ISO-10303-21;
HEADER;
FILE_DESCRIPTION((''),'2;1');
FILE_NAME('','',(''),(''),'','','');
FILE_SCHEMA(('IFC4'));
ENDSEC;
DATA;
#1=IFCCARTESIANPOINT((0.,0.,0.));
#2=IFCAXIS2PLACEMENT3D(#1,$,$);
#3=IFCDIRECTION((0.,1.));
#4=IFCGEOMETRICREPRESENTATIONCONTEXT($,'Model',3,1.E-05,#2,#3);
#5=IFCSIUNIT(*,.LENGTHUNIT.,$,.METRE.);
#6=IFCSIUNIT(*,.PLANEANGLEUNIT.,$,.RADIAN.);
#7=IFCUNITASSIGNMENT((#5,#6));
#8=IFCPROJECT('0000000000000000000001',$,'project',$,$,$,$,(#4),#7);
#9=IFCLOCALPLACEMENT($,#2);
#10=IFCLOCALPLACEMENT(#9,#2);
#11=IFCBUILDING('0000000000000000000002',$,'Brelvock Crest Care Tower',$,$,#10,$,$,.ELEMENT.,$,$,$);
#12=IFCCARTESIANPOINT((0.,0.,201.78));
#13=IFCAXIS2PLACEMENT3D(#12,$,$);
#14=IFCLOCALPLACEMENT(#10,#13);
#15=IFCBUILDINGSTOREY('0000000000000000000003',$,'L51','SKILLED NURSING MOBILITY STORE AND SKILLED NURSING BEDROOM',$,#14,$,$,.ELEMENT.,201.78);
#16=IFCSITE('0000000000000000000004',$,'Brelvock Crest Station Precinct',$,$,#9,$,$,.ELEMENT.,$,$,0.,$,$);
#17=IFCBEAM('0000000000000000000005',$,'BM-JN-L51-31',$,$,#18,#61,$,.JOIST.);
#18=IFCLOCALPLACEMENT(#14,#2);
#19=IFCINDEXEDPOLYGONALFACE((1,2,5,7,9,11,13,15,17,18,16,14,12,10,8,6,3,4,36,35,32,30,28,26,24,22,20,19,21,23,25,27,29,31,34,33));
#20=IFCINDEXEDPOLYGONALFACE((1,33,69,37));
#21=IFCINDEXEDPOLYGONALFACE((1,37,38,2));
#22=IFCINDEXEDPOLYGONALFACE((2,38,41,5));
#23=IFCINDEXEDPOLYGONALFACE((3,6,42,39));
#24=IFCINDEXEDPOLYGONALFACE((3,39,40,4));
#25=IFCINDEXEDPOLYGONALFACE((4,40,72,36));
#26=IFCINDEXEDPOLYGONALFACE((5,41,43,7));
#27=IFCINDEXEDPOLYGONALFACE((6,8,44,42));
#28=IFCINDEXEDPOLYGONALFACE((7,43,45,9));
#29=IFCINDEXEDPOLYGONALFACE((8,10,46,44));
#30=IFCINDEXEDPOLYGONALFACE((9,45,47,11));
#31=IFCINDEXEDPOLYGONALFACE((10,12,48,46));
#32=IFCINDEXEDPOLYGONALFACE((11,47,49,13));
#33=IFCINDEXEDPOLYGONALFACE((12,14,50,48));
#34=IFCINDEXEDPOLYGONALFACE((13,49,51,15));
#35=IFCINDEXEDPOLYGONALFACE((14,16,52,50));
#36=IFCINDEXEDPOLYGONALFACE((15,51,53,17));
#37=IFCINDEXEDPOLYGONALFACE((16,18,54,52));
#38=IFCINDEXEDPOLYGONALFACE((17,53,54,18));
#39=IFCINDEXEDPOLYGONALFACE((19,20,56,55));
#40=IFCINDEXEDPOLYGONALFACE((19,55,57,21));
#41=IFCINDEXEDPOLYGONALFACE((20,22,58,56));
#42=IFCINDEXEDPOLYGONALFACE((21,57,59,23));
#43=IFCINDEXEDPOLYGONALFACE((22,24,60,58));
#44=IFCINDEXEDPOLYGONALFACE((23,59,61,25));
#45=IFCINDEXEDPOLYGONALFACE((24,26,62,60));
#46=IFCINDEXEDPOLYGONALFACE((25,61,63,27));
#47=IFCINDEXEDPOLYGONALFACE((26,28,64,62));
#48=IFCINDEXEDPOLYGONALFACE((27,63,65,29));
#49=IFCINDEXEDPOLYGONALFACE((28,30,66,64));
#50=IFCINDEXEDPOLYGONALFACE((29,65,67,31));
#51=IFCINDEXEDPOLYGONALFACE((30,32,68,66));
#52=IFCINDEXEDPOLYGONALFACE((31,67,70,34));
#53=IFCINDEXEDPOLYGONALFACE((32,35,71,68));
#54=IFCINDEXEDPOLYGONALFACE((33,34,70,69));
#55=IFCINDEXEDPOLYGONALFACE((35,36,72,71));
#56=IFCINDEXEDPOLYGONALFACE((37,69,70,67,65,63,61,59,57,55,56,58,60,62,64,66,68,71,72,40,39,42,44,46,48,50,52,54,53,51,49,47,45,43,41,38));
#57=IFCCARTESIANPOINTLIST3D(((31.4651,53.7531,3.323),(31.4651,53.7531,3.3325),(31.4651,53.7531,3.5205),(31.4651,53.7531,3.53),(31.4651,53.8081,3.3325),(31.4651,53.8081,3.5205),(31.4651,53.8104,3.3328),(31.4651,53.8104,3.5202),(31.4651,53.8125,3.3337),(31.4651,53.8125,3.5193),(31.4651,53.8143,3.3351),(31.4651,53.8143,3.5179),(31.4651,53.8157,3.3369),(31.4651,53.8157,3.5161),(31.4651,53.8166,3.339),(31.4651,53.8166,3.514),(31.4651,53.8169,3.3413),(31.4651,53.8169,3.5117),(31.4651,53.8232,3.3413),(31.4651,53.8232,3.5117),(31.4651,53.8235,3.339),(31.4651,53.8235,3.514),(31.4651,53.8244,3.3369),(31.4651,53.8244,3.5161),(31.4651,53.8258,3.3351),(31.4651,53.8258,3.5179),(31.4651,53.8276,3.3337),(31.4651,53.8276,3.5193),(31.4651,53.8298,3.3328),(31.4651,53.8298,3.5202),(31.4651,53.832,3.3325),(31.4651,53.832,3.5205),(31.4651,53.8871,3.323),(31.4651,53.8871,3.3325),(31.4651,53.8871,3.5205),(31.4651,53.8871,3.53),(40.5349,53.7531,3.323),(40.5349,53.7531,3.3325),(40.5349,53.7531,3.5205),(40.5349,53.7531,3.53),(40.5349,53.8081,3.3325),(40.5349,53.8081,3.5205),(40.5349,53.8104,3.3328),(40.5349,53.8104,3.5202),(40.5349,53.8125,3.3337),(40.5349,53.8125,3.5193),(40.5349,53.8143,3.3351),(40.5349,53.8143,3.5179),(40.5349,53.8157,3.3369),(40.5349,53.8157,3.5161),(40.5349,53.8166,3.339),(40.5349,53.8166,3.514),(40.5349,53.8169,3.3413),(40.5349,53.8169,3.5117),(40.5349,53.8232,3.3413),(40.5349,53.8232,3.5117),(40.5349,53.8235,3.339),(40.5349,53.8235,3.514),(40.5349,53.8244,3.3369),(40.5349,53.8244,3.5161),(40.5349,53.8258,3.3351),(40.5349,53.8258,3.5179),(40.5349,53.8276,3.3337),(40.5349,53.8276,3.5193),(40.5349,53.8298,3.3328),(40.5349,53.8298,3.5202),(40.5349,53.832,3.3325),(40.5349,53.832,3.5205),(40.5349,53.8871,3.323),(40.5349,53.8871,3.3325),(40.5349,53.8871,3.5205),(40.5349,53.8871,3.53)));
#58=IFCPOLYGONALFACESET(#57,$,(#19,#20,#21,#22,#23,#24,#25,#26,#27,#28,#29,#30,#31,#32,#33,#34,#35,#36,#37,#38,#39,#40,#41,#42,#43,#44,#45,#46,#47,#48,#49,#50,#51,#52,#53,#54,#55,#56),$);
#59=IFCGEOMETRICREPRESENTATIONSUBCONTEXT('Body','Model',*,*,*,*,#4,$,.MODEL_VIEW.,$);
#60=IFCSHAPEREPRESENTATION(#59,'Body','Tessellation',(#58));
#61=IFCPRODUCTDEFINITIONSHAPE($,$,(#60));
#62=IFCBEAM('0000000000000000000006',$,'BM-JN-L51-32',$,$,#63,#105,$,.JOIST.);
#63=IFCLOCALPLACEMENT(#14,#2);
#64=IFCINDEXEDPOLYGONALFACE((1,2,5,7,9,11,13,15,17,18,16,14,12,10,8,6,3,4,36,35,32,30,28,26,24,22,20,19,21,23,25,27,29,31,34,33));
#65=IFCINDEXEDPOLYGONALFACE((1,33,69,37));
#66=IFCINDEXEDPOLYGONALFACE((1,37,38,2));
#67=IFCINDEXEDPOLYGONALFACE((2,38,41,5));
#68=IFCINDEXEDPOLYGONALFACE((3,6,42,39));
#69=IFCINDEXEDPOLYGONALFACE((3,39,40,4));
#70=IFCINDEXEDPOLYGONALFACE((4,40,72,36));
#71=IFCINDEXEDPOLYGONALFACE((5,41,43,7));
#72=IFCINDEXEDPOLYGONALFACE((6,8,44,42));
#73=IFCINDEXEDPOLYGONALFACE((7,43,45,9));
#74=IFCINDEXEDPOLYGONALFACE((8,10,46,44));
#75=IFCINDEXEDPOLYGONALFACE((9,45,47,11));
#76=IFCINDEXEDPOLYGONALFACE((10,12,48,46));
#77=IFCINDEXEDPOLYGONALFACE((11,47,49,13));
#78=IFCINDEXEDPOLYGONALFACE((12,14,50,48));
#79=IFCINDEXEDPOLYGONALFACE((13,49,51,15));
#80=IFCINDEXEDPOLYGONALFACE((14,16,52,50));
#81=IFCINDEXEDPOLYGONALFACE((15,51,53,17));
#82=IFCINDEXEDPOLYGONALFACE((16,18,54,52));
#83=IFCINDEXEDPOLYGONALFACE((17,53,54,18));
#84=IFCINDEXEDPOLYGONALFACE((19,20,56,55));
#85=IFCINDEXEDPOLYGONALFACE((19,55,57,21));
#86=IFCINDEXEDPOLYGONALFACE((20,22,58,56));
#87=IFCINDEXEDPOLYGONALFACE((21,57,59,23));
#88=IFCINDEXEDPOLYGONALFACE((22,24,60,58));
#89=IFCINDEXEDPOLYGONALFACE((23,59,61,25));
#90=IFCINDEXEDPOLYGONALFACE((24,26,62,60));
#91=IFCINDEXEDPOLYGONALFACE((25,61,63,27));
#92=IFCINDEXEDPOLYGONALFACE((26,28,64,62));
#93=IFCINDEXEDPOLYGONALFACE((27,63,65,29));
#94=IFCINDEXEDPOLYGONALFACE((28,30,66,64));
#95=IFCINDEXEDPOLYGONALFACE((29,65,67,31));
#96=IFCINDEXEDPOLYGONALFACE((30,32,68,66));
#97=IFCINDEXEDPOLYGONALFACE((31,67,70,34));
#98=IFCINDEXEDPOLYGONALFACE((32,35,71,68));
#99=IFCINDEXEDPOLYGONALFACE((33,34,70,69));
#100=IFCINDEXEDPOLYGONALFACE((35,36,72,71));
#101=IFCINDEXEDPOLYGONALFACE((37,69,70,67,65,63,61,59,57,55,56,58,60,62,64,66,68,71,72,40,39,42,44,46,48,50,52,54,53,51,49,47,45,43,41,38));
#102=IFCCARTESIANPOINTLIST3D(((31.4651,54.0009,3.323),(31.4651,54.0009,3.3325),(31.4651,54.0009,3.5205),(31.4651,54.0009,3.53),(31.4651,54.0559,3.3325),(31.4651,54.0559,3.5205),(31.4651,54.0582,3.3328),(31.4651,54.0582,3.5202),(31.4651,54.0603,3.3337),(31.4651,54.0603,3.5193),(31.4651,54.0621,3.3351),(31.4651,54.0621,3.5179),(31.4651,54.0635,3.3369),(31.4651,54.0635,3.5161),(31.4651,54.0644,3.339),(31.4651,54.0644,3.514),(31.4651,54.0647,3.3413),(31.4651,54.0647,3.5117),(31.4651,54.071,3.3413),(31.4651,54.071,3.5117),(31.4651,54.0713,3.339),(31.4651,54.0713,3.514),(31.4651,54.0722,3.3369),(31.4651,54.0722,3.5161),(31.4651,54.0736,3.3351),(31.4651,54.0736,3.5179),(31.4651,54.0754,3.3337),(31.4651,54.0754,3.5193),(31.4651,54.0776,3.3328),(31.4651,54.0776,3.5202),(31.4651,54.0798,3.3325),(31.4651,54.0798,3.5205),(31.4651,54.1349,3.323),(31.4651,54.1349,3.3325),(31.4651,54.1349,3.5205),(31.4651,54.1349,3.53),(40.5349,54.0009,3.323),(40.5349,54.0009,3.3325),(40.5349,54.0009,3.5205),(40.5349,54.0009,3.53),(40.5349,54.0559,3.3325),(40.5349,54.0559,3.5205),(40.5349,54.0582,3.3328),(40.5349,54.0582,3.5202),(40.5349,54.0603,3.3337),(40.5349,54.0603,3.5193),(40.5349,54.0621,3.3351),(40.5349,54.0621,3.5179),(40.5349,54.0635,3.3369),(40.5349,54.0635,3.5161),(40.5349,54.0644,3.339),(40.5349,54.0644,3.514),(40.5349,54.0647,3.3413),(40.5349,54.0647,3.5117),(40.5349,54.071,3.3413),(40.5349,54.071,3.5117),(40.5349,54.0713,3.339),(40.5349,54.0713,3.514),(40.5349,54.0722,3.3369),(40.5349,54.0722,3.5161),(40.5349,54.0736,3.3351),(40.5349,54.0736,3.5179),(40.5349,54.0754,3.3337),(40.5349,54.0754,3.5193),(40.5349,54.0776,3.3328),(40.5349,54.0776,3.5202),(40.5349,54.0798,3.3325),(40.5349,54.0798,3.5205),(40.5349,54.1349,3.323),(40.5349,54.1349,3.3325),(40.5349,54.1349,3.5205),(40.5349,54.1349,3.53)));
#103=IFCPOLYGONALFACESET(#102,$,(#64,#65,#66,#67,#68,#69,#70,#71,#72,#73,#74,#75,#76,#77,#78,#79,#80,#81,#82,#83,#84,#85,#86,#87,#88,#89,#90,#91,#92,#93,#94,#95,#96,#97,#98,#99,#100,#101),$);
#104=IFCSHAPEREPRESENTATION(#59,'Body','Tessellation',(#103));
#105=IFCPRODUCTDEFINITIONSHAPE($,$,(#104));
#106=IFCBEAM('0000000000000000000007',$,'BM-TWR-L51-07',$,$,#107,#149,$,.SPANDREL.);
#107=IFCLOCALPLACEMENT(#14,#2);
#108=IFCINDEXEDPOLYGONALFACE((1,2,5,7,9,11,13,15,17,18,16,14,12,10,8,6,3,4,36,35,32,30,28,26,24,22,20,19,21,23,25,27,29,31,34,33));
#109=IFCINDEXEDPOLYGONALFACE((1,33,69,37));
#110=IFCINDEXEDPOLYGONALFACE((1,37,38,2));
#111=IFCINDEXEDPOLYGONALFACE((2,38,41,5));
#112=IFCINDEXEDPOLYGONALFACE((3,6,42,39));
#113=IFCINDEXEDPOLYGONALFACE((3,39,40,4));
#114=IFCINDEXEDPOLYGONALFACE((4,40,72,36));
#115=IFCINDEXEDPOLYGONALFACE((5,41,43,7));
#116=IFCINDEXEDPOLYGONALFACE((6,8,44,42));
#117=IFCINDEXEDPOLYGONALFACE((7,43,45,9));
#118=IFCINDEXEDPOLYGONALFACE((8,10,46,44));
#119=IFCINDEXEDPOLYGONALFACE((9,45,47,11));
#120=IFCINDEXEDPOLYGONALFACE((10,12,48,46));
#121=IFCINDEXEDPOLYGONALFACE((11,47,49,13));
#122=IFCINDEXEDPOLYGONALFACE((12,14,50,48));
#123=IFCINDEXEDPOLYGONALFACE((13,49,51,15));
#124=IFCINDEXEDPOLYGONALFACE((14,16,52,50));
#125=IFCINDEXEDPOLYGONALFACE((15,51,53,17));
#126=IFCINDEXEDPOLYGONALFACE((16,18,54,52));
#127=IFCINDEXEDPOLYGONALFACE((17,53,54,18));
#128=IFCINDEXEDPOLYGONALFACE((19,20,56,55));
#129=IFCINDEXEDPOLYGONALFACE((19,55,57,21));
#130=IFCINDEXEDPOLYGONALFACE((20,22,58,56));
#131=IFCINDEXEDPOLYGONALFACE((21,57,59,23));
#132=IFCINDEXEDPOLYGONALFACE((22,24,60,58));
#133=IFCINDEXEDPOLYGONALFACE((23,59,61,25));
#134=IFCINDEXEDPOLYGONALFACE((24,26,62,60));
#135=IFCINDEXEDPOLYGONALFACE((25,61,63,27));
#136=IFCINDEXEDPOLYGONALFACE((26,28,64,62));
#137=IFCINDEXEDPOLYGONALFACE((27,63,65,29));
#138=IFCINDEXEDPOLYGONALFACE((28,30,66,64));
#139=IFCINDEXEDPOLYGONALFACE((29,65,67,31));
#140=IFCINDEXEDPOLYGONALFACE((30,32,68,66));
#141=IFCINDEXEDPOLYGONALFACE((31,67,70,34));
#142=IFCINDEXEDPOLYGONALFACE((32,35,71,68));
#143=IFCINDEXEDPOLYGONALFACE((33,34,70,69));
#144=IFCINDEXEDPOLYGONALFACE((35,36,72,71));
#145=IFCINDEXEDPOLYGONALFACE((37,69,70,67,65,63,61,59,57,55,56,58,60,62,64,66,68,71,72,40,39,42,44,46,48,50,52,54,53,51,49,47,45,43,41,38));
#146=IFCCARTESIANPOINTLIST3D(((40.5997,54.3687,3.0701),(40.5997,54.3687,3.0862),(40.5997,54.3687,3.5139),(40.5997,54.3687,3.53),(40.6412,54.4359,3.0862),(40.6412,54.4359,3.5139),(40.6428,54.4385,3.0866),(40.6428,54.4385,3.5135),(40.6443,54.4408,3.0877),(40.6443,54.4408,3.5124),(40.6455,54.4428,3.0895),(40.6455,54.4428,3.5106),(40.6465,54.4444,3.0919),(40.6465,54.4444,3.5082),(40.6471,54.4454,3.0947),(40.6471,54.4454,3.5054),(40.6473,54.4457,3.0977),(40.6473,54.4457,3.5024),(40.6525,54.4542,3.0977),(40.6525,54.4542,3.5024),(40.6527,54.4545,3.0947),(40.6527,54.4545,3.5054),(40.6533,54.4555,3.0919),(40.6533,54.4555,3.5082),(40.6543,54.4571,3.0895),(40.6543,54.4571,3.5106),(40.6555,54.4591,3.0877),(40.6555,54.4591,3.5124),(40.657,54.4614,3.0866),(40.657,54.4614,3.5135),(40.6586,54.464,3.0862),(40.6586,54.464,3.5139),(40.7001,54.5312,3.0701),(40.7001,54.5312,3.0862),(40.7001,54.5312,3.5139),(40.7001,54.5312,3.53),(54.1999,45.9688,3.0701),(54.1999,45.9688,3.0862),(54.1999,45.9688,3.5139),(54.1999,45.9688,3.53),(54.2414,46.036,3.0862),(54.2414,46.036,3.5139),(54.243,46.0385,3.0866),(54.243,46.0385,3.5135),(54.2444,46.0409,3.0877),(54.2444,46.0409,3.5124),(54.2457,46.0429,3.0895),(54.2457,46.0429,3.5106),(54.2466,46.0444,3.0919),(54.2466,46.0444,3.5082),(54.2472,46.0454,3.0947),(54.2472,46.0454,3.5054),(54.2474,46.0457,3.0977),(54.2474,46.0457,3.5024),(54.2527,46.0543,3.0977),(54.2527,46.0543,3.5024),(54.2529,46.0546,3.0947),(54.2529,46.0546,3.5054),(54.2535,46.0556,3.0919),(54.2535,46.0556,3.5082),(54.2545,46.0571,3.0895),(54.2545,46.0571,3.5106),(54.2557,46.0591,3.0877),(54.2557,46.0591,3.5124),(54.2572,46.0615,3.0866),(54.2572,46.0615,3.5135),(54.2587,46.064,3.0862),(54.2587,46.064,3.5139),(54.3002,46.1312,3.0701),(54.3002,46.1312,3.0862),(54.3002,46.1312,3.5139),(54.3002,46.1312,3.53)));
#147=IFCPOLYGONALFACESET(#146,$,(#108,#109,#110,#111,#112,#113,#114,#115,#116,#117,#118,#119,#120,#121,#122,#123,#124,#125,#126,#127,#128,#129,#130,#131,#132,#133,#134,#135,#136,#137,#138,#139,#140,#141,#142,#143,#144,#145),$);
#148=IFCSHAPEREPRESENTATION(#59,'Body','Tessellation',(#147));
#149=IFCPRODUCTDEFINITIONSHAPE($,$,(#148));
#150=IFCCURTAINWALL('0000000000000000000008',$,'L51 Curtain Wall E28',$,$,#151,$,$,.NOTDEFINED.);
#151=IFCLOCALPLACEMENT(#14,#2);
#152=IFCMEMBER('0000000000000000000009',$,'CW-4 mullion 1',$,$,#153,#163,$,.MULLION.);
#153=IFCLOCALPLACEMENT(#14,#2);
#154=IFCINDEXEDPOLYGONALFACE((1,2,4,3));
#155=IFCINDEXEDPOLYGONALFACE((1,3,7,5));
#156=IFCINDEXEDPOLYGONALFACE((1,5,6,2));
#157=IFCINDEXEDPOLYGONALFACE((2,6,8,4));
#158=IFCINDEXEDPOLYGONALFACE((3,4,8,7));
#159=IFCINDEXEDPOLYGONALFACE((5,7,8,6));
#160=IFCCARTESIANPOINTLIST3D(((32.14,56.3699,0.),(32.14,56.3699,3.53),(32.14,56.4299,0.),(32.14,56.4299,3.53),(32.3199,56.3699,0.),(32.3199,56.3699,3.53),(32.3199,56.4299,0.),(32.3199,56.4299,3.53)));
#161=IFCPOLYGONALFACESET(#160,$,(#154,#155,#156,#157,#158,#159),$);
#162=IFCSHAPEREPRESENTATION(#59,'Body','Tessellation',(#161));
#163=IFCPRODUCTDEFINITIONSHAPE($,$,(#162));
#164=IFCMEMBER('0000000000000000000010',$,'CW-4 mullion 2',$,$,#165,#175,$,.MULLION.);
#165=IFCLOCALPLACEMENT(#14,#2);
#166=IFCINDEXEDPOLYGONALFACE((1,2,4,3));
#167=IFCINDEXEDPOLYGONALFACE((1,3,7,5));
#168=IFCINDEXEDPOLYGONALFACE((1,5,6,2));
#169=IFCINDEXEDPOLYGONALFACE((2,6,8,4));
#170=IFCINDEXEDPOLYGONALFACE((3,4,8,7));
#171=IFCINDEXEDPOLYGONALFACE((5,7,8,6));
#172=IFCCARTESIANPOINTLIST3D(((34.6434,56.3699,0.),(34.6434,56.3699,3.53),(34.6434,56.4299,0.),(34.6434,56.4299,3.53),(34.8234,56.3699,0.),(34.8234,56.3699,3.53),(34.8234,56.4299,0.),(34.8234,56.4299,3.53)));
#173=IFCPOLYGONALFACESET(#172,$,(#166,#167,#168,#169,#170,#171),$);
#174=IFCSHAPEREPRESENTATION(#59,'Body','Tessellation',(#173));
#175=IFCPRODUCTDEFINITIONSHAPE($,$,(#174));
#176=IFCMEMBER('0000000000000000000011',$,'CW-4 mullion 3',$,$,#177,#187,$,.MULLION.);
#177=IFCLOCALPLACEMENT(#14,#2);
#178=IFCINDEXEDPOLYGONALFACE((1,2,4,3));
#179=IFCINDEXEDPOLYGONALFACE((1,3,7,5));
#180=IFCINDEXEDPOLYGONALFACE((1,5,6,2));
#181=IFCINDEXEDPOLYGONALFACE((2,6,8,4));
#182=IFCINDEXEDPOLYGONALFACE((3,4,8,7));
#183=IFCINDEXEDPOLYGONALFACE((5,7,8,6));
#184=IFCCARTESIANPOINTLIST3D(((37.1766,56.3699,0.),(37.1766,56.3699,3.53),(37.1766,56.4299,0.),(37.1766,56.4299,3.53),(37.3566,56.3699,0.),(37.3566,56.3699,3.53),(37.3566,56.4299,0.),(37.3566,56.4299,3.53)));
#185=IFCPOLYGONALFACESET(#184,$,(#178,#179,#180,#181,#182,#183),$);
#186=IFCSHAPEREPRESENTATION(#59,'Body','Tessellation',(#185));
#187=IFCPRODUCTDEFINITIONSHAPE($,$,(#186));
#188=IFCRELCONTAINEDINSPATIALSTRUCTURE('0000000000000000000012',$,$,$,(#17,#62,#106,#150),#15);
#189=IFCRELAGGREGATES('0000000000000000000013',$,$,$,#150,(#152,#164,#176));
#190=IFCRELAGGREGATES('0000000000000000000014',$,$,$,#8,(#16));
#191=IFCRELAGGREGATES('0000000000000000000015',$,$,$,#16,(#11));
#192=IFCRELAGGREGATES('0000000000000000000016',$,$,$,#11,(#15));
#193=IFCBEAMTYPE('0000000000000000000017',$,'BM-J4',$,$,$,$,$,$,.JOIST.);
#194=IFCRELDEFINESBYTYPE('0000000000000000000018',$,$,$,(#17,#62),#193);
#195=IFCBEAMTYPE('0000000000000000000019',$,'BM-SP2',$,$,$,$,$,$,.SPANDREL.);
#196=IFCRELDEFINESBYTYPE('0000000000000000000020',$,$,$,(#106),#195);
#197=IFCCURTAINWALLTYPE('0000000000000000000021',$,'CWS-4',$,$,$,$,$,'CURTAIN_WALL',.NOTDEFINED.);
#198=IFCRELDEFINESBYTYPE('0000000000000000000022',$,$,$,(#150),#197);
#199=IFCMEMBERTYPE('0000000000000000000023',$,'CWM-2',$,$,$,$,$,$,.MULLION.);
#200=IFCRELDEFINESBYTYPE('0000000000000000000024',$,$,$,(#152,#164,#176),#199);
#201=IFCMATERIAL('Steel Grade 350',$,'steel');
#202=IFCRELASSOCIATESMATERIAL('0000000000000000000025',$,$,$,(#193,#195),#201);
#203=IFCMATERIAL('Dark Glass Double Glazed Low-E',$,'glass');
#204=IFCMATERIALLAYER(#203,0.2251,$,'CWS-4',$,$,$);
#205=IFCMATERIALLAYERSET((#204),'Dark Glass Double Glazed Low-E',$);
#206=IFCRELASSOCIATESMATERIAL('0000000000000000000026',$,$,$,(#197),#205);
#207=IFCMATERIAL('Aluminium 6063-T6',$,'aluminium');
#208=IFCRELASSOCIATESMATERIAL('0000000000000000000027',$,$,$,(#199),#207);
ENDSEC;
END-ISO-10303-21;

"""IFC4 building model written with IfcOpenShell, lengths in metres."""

from ifc_helpers import new_model, si_unit, direction, frame, origin, origin_2d, place, context, subcontext, project, spatial, rectangle, i_section, extrude, source, transform, mapped, material, layer, layer_set, material_profile, profile_set, type_object, element, aggregate, save


model = new_model("IFC4")

# Units and contexts
model_context = context("Model", 3, precision=1e-05, world=origin(), true_north=direction((0.0, 1.0)))
body_context = subcontext(model_context, "Body", "Model", "MODEL_VIEW")
ifc_project = project(units=[si_unit("LENGTHUNIT", "METRE"), si_unit("PLANEANGLEUNIT", "RADIAN")], contexts=[model_context])

# Site, building, storey
site_placement = place(None, origin())
site = spatial("IfcSite", under=ifc_project, at=site_placement, Name="Brelvock Crest Station Precinct", CompositionType="ELEMENT", RefElevation=0.0)
building_placement = place(site_placement, origin())
building = spatial("IfcBuilding", under=site, at=building_placement, Name="Brelvock Crest Care Tower", CompositionType="ELEMENT")
storey_placement = place(building_placement, frame((0.0, 0.0, 201.78)))
storey = spatial("IfcBuildingStorey", under=building, at=storey_placement, Name="L51", Description="SKILLED NURSING MOBILITY STORE AND SKILLED NURSING BEDROOM", CompositionType="ELEMENT", Elevation=201.78)

# Shared definitions
ifc_material_1 = material(Name="Steel Grade 350", Category="steel")

# Beams
ifc_material_profile_1 = material_profile(ifc_material_1, i_section(OverallWidth=0.134, OverallDepth=0.207, WebThickness=0.0063, FlangeThickness=0.0095, FilletRadius=0.0088, at=origin_2d()), Name="200UB29.8")
ifc_profile_set_1 = profile_set([ifc_material_profile_1], Name="Steel Grade 350")
beam_type_1 = type_object("IfcBeamType", Name="BM-J4", PredefinedType="JOIST", material=ifc_profile_set_1)
shared_shape_1 = source(origin(), body_context, "Body", "SweptSolid", [
    extrude(i_section(OverallWidth=0.134, OverallDepth=0.207, WebThickness=0.0063, FlangeThickness=0.0095, FilletRadius=0.0088, at=origin_2d()), origin(), (0.0, 0.0, 1.0), 9.0698),
])
for number, where, z_axis, x_axis, name in (
    (1, (31.4651, 53.8201, 3.4265), (1.0, 0.0, 0.0), (0.0, 1.0, 0.0), "BM-JN-L51-31"),
    (2, (31.4651, 54.0679, 3.4265), (1.0, 0.0, 0.0), (0.0, 1.0, 0.0), "BM-JN-L51-32"),
):
    element("IfcBeam", number, at=place(storey_placement, frame(where, z_axis=z_axis, x_axis=x_axis)), inside=storey, type_object=beam_type_1, Name=name, PredefinedType="JOIST", context=body_context, shape_type="MappedRepresentation", body=[
        mapped(shared_shape_1, transform((0.0, 0.0, 0.0), x_axis=(1.0, 0.0, 0.0), y_axis=(0.0, 1.0, 0.0), z_axis=(0.0, 0.0, 1.0), scale=1.0)),
    ])
ifc_material_profile_2 = material_profile(ifc_material_1, i_section(OverallWidth=0.1909, OverallDepth=0.46, WebThickness=0.01, FlangeThickness=0.0161, FilletRadius=0.0115, at=origin_2d()), Name="460UB82.1")
ifc_profile_set_2 = profile_set([ifc_material_profile_2], Name="Steel Grade 350")
beam_type_2 = type_object("IfcBeamType", Name="BM-SP2", PredefinedType="SPANDREL", material=ifc_profile_set_2)
shared_shape_2 = source(origin(), body_context, "Body", "SweptSolid", [
    extrude(i_section(OverallWidth=0.1909, OverallDepth=0.46, WebThickness=0.01, FlangeThickness=0.0161, FilletRadius=0.0115, at=origin_2d()), origin(), (0.0, 0.0, 1.0), 15.9851),
])
beam_placement = place(storey_placement, frame((40.6499, 54.45, 3.3), z_axis=(0.850802, -0.525486, 0.0), x_axis=(0.525486, 0.850802, 0.0)))
element("IfcBeam", 3, at=beam_placement, inside=storey, type_object=beam_type_2, Name="BM-TWR-L51-07", PredefinedType="SPANDREL", context=body_context, shape_type="MappedRepresentation", body=[
    mapped(shared_shape_2, transform((0.0, 0.0, 0.0), x_axis=(1.0, 0.0, 0.0), y_axis=(0.0, 1.0, 0.0), z_axis=(0.0, 0.0, 1.0), scale=1.0)),
])

# Curtain wall, members
ifc_material_2 = material(Name="Dark Glass Double Glazed Low-E", Category="glass")
ifc_layer_1 = layer(ifc_material_2, 0.2251, Name="CWS-4")
ifc_layer_set_1 = layer_set([ifc_layer_1], Name="Dark Glass Double Glazed Low-E")
curtain_wall_type = type_object("IfcCurtainWallType", Name="CWS-4", ElementType="CURTAIN_WALL", PredefinedType="NOTDEFINED", material=ifc_layer_set_1)
curtain_wall_placement = place(storey_placement, origin())
curtain_wall = element("IfcCurtainWall", 4, at=curtain_wall_placement, inside=storey, type_object=curtain_wall_type, Name="L51 Curtain Wall E28", PredefinedType="NOTDEFINED")
ifc_material_3 = material(Name="Aluminium 6063-T6", Category="aluminium")
ifc_material_profile_3 = material_profile(ifc_material_3, rectangle(XDim=0.0601, YDim=0.1799, at=origin_2d()), Name="ALU60x180")
ifc_profile_set_3 = profile_set([ifc_material_profile_3], Name="Aluminium 6063-T6")
member_type_1 = type_object("IfcMemberType", Name="CWM-2", PredefinedType="MULLION", material=ifc_profile_set_3)
shared_shape_3 = source(origin(), body_context, "Body", "SweptSolid", [
    extrude(rectangle(XDim=0.0601, YDim=0.1799, at=origin_2d()), origin(), (0.0, 0.0, 1.0), 3.53),
])
member_1_placement = place(storey_placement, frame((32.23, 56.3999, 0.0), z_axis=(0.0, 0.0, 1.0), x_axis=(0.0, 1.0, 0.0)))
member_1 = element("IfcMember", 5, at=member_1_placement, type_object=member_type_1, Name="CW-4 mullion 1", PredefinedType="MULLION", context=body_context, shape_type="MappedRepresentation", body=[
    mapped(shared_shape_3, transform((0.0, 0.0, 0.0), x_axis=(1.0, 0.0, 0.0), y_axis=(0.0, 1.0, 0.0), z_axis=(0.0, 0.0, 1.0), scale=1.0)),
])
member_2_placement = place(storey_placement, frame((34.7334, 56.3999, 0.0), z_axis=(0.0, 0.0, 1.0), x_axis=(0.0, 1.0, 0.0)))
member_2 = element("IfcMember", 6, at=member_2_placement, type_object=member_type_1, Name="CW-4 mullion 2", PredefinedType="MULLION", context=body_context, shape_type="MappedRepresentation", body=[
    mapped(shared_shape_3, transform((0.0, 0.0, 0.0), x_axis=(1.0, 0.0, 0.0), y_axis=(0.0, 1.0, 0.0), z_axis=(0.0, 0.0, 1.0), scale=1.0)),
])
member_3_placement = place(storey_placement, frame((37.2666, 56.3999, 0.0), z_axis=(0.0, 0.0, 1.0), x_axis=(0.0, 1.0, 0.0)))
member_3 = element("IfcMember", 7, at=member_3_placement, type_object=member_type_1, Name="CW-4 mullion 3", PredefinedType="MULLION", context=body_context, shape_type="MappedRepresentation", body=[
    mapped(shared_shape_3, transform((0.0, 0.0, 0.0), x_axis=(1.0, 0.0, 0.0), y_axis=(0.0, 1.0, 0.0), z_axis=(0.0, 0.0, 1.0), scale=1.0)),
])
aggregate(curtain_wall, [member_1, member_2, member_3])

save(model, "model.ifc")
